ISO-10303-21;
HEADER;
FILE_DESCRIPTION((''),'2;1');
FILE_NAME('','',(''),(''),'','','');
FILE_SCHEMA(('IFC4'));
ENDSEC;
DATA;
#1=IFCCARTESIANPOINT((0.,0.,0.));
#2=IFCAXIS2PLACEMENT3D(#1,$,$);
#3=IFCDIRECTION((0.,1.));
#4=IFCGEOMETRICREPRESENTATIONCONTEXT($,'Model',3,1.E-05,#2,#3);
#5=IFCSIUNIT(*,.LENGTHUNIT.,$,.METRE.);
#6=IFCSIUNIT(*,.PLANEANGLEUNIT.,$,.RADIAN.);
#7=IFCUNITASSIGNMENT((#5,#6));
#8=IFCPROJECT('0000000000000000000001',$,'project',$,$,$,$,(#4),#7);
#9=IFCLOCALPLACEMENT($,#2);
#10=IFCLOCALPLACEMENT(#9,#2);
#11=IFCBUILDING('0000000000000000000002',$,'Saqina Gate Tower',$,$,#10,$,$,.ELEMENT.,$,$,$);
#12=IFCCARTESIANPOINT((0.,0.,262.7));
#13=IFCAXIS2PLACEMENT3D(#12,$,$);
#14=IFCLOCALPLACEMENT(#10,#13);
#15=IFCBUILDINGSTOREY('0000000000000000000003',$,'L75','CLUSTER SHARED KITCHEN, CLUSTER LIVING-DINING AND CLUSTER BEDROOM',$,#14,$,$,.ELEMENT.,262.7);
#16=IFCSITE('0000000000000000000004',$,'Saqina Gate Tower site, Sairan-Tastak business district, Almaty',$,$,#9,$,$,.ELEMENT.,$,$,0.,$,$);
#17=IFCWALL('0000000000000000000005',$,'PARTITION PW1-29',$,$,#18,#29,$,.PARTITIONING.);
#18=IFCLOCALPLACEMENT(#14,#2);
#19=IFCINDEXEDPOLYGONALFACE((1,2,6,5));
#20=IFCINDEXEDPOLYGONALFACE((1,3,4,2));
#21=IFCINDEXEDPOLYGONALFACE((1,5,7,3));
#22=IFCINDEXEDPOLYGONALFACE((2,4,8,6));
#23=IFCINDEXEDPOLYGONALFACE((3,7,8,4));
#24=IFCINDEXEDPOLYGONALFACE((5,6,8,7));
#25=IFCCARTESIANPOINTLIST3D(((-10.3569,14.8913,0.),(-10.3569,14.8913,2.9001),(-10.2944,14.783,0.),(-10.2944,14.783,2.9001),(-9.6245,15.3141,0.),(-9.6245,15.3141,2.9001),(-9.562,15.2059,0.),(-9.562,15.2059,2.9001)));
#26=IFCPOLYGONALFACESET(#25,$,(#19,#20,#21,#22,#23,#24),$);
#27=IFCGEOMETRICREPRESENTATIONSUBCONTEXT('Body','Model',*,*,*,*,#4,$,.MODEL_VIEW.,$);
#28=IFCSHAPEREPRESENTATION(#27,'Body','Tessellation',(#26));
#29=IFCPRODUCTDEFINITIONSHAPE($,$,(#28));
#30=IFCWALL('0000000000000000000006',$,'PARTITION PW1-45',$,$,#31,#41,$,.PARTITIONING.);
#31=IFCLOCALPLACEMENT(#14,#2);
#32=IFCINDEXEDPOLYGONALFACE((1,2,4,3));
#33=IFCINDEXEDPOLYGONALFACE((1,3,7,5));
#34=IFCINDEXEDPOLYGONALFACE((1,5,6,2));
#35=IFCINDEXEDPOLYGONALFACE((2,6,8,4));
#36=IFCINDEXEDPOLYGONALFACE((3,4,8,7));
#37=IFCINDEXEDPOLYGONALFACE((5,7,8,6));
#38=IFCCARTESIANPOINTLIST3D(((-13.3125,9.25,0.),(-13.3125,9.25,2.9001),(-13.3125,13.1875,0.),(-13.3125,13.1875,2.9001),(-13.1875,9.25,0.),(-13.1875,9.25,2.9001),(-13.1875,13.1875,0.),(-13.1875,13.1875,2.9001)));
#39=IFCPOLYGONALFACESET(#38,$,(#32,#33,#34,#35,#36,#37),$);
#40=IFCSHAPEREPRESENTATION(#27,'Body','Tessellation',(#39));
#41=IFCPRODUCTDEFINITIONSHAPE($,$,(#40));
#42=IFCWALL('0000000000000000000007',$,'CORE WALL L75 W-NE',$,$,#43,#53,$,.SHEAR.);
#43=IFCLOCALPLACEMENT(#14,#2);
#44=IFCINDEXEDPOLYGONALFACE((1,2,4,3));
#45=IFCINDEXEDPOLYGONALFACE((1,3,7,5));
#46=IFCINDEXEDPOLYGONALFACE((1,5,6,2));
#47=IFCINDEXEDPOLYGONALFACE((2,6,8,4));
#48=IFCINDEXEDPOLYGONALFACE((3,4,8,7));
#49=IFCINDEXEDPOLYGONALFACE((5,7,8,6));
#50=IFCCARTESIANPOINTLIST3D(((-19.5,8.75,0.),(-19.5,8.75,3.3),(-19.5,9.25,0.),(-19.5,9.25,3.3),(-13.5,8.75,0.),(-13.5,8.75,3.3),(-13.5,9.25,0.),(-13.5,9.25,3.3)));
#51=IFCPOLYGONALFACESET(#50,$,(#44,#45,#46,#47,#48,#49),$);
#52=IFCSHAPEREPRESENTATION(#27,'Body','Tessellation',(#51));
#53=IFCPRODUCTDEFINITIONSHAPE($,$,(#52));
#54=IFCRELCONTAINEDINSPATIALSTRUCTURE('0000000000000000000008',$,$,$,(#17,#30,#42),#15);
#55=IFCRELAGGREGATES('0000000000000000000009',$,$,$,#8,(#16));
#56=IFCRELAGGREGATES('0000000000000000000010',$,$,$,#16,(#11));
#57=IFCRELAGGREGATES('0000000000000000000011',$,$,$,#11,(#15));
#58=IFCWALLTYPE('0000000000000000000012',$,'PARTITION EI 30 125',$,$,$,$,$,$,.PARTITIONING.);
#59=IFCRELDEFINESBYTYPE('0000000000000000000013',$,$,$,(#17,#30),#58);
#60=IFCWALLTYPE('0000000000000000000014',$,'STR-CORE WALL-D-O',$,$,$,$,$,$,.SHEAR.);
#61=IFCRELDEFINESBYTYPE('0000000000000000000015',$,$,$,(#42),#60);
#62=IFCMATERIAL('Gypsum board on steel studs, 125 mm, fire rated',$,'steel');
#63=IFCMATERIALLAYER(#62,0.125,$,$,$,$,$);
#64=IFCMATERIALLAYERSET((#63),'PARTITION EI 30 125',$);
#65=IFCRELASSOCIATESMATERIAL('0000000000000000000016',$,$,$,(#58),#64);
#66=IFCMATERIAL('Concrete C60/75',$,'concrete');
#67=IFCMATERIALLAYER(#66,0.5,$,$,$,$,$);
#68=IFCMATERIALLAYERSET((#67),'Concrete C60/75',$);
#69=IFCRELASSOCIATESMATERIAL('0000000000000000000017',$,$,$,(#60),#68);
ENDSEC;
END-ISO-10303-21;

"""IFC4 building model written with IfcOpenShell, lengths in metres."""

from ifc_helpers import new_model, si_unit, direction, frame, frame_2d, origin, place, context, subcontext, project, spatial, rectangle, extrude, material, layer, layer_set, type_object, element, save


model = new_model("IFC4")

# Units and contexts
model_context = context("Model", 3, precision=1e-05, world=origin(), true_north=direction((0.0, 1.0)))
body_context = subcontext(model_context, "Body", "Model", "MODEL_VIEW")
ifc_project = project(units=[si_unit("LENGTHUNIT", "METRE"), si_unit("PLANEANGLEUNIT", "RADIAN")], contexts=[model_context])

# Site, building, storey
site_placement = place(None, origin())
site = spatial("IfcSite", under=ifc_project, at=site_placement, Name="Saqina Gate Tower site, Sairan-Tastak business district, Almaty", CompositionType="ELEMENT", RefElevation=0.0)
building_placement = place(site_placement, origin())
building = spatial("IfcBuilding", under=site, at=building_placement, Name="Saqina Gate Tower", CompositionType="ELEMENT")
storey_placement = place(building_placement, frame((0.0, 0.0, 262.7)))
storey = spatial("IfcBuildingStorey", under=building, at=storey_placement, Name="L75", Description="CLUSTER SHARED KITCHEN, CLUSTER LIVING-DINING AND CLUSTER BEDROOM", CompositionType="ELEMENT", Elevation=262.7)

# Shared definitions
ifc_material_1 = material(Name="Gypsum board on steel studs, 125 mm, fire rated", Category="steel")
ifc_layer_1 = layer(ifc_material_1, 0.125)
ifc_layer_set_1 = layer_set([ifc_layer_1], Name="PARTITION EI 30 125")
wall_type_1 = type_object("IfcWallType", Name="PARTITION EI 30 125", PredefinedType="PARTITIONING", material=ifc_layer_set_1)

# Walls
wall_1_placement = place(storey_placement, frame((-10.3257, 14.8372, 0.0), z_axis=(0.0, 0.0, 1.0), x_axis=(0.866032, 0.499989, 0.0)))
element("IfcWall", 1, at=wall_1_placement, inside=storey, type_object=wall_type_1, Name="PARTITION PW1-29", PredefinedType="PARTITIONING", context=body_context, shape_type="SweptSolid", body=[
    extrude(rectangle(XDim=0.8457, YDim=0.125, at=frame_2d((0.4229, 0.0))), origin(), (0.0, 0.0, 1.0), 2.9001),
])
wall_2_placement = place(storey_placement, frame((-13.25, 9.25, 0.0), z_axis=(0.0, 0.0, 1.0), x_axis=(0.0, 1.0, 0.0)))
element("IfcWall", 2, at=wall_2_placement, inside=storey, type_object=wall_type_1, Name="PARTITION PW1-45", PredefinedType="PARTITIONING", context=body_context, shape_type="SweptSolid", body=[
    extrude(rectangle(XDim=3.9375, YDim=0.125, at=frame_2d((1.9688, 0.0))), origin(), (0.0, 0.0, 1.0), 2.9001),
])
ifc_material_2 = material(Name="Concrete C60/75", Category="concrete")
ifc_layer_2 = layer(ifc_material_2, 0.5)
ifc_layer_set_2 = layer_set([ifc_layer_2], Name="Concrete C60/75")
wall_type_2 = type_object("IfcWallType", Name="STR-CORE WALL-D-O", PredefinedType="SHEAR", material=ifc_layer_set_2)
wall_3_placement = place(storey_placement, frame((-13.5, 9.0, 0.0), z_axis=(0.0, 0.0, 1.0), x_axis=(-1.0, 0.0, 0.0)))
element("IfcWall", 3, at=wall_3_placement, inside=storey, type_object=wall_type_2, Name="CORE WALL L75 W-NE", PredefinedType="SHEAR", context=body_context, shape_type="SweptSolid", body=[
    extrude(rectangle(XDim=6.0, YDim=0.5, at=frame_2d((3.0, 0.0))), origin(), (0.0, 0.0, 1.0), 3.3),
])

save(model, "model.ifc")
